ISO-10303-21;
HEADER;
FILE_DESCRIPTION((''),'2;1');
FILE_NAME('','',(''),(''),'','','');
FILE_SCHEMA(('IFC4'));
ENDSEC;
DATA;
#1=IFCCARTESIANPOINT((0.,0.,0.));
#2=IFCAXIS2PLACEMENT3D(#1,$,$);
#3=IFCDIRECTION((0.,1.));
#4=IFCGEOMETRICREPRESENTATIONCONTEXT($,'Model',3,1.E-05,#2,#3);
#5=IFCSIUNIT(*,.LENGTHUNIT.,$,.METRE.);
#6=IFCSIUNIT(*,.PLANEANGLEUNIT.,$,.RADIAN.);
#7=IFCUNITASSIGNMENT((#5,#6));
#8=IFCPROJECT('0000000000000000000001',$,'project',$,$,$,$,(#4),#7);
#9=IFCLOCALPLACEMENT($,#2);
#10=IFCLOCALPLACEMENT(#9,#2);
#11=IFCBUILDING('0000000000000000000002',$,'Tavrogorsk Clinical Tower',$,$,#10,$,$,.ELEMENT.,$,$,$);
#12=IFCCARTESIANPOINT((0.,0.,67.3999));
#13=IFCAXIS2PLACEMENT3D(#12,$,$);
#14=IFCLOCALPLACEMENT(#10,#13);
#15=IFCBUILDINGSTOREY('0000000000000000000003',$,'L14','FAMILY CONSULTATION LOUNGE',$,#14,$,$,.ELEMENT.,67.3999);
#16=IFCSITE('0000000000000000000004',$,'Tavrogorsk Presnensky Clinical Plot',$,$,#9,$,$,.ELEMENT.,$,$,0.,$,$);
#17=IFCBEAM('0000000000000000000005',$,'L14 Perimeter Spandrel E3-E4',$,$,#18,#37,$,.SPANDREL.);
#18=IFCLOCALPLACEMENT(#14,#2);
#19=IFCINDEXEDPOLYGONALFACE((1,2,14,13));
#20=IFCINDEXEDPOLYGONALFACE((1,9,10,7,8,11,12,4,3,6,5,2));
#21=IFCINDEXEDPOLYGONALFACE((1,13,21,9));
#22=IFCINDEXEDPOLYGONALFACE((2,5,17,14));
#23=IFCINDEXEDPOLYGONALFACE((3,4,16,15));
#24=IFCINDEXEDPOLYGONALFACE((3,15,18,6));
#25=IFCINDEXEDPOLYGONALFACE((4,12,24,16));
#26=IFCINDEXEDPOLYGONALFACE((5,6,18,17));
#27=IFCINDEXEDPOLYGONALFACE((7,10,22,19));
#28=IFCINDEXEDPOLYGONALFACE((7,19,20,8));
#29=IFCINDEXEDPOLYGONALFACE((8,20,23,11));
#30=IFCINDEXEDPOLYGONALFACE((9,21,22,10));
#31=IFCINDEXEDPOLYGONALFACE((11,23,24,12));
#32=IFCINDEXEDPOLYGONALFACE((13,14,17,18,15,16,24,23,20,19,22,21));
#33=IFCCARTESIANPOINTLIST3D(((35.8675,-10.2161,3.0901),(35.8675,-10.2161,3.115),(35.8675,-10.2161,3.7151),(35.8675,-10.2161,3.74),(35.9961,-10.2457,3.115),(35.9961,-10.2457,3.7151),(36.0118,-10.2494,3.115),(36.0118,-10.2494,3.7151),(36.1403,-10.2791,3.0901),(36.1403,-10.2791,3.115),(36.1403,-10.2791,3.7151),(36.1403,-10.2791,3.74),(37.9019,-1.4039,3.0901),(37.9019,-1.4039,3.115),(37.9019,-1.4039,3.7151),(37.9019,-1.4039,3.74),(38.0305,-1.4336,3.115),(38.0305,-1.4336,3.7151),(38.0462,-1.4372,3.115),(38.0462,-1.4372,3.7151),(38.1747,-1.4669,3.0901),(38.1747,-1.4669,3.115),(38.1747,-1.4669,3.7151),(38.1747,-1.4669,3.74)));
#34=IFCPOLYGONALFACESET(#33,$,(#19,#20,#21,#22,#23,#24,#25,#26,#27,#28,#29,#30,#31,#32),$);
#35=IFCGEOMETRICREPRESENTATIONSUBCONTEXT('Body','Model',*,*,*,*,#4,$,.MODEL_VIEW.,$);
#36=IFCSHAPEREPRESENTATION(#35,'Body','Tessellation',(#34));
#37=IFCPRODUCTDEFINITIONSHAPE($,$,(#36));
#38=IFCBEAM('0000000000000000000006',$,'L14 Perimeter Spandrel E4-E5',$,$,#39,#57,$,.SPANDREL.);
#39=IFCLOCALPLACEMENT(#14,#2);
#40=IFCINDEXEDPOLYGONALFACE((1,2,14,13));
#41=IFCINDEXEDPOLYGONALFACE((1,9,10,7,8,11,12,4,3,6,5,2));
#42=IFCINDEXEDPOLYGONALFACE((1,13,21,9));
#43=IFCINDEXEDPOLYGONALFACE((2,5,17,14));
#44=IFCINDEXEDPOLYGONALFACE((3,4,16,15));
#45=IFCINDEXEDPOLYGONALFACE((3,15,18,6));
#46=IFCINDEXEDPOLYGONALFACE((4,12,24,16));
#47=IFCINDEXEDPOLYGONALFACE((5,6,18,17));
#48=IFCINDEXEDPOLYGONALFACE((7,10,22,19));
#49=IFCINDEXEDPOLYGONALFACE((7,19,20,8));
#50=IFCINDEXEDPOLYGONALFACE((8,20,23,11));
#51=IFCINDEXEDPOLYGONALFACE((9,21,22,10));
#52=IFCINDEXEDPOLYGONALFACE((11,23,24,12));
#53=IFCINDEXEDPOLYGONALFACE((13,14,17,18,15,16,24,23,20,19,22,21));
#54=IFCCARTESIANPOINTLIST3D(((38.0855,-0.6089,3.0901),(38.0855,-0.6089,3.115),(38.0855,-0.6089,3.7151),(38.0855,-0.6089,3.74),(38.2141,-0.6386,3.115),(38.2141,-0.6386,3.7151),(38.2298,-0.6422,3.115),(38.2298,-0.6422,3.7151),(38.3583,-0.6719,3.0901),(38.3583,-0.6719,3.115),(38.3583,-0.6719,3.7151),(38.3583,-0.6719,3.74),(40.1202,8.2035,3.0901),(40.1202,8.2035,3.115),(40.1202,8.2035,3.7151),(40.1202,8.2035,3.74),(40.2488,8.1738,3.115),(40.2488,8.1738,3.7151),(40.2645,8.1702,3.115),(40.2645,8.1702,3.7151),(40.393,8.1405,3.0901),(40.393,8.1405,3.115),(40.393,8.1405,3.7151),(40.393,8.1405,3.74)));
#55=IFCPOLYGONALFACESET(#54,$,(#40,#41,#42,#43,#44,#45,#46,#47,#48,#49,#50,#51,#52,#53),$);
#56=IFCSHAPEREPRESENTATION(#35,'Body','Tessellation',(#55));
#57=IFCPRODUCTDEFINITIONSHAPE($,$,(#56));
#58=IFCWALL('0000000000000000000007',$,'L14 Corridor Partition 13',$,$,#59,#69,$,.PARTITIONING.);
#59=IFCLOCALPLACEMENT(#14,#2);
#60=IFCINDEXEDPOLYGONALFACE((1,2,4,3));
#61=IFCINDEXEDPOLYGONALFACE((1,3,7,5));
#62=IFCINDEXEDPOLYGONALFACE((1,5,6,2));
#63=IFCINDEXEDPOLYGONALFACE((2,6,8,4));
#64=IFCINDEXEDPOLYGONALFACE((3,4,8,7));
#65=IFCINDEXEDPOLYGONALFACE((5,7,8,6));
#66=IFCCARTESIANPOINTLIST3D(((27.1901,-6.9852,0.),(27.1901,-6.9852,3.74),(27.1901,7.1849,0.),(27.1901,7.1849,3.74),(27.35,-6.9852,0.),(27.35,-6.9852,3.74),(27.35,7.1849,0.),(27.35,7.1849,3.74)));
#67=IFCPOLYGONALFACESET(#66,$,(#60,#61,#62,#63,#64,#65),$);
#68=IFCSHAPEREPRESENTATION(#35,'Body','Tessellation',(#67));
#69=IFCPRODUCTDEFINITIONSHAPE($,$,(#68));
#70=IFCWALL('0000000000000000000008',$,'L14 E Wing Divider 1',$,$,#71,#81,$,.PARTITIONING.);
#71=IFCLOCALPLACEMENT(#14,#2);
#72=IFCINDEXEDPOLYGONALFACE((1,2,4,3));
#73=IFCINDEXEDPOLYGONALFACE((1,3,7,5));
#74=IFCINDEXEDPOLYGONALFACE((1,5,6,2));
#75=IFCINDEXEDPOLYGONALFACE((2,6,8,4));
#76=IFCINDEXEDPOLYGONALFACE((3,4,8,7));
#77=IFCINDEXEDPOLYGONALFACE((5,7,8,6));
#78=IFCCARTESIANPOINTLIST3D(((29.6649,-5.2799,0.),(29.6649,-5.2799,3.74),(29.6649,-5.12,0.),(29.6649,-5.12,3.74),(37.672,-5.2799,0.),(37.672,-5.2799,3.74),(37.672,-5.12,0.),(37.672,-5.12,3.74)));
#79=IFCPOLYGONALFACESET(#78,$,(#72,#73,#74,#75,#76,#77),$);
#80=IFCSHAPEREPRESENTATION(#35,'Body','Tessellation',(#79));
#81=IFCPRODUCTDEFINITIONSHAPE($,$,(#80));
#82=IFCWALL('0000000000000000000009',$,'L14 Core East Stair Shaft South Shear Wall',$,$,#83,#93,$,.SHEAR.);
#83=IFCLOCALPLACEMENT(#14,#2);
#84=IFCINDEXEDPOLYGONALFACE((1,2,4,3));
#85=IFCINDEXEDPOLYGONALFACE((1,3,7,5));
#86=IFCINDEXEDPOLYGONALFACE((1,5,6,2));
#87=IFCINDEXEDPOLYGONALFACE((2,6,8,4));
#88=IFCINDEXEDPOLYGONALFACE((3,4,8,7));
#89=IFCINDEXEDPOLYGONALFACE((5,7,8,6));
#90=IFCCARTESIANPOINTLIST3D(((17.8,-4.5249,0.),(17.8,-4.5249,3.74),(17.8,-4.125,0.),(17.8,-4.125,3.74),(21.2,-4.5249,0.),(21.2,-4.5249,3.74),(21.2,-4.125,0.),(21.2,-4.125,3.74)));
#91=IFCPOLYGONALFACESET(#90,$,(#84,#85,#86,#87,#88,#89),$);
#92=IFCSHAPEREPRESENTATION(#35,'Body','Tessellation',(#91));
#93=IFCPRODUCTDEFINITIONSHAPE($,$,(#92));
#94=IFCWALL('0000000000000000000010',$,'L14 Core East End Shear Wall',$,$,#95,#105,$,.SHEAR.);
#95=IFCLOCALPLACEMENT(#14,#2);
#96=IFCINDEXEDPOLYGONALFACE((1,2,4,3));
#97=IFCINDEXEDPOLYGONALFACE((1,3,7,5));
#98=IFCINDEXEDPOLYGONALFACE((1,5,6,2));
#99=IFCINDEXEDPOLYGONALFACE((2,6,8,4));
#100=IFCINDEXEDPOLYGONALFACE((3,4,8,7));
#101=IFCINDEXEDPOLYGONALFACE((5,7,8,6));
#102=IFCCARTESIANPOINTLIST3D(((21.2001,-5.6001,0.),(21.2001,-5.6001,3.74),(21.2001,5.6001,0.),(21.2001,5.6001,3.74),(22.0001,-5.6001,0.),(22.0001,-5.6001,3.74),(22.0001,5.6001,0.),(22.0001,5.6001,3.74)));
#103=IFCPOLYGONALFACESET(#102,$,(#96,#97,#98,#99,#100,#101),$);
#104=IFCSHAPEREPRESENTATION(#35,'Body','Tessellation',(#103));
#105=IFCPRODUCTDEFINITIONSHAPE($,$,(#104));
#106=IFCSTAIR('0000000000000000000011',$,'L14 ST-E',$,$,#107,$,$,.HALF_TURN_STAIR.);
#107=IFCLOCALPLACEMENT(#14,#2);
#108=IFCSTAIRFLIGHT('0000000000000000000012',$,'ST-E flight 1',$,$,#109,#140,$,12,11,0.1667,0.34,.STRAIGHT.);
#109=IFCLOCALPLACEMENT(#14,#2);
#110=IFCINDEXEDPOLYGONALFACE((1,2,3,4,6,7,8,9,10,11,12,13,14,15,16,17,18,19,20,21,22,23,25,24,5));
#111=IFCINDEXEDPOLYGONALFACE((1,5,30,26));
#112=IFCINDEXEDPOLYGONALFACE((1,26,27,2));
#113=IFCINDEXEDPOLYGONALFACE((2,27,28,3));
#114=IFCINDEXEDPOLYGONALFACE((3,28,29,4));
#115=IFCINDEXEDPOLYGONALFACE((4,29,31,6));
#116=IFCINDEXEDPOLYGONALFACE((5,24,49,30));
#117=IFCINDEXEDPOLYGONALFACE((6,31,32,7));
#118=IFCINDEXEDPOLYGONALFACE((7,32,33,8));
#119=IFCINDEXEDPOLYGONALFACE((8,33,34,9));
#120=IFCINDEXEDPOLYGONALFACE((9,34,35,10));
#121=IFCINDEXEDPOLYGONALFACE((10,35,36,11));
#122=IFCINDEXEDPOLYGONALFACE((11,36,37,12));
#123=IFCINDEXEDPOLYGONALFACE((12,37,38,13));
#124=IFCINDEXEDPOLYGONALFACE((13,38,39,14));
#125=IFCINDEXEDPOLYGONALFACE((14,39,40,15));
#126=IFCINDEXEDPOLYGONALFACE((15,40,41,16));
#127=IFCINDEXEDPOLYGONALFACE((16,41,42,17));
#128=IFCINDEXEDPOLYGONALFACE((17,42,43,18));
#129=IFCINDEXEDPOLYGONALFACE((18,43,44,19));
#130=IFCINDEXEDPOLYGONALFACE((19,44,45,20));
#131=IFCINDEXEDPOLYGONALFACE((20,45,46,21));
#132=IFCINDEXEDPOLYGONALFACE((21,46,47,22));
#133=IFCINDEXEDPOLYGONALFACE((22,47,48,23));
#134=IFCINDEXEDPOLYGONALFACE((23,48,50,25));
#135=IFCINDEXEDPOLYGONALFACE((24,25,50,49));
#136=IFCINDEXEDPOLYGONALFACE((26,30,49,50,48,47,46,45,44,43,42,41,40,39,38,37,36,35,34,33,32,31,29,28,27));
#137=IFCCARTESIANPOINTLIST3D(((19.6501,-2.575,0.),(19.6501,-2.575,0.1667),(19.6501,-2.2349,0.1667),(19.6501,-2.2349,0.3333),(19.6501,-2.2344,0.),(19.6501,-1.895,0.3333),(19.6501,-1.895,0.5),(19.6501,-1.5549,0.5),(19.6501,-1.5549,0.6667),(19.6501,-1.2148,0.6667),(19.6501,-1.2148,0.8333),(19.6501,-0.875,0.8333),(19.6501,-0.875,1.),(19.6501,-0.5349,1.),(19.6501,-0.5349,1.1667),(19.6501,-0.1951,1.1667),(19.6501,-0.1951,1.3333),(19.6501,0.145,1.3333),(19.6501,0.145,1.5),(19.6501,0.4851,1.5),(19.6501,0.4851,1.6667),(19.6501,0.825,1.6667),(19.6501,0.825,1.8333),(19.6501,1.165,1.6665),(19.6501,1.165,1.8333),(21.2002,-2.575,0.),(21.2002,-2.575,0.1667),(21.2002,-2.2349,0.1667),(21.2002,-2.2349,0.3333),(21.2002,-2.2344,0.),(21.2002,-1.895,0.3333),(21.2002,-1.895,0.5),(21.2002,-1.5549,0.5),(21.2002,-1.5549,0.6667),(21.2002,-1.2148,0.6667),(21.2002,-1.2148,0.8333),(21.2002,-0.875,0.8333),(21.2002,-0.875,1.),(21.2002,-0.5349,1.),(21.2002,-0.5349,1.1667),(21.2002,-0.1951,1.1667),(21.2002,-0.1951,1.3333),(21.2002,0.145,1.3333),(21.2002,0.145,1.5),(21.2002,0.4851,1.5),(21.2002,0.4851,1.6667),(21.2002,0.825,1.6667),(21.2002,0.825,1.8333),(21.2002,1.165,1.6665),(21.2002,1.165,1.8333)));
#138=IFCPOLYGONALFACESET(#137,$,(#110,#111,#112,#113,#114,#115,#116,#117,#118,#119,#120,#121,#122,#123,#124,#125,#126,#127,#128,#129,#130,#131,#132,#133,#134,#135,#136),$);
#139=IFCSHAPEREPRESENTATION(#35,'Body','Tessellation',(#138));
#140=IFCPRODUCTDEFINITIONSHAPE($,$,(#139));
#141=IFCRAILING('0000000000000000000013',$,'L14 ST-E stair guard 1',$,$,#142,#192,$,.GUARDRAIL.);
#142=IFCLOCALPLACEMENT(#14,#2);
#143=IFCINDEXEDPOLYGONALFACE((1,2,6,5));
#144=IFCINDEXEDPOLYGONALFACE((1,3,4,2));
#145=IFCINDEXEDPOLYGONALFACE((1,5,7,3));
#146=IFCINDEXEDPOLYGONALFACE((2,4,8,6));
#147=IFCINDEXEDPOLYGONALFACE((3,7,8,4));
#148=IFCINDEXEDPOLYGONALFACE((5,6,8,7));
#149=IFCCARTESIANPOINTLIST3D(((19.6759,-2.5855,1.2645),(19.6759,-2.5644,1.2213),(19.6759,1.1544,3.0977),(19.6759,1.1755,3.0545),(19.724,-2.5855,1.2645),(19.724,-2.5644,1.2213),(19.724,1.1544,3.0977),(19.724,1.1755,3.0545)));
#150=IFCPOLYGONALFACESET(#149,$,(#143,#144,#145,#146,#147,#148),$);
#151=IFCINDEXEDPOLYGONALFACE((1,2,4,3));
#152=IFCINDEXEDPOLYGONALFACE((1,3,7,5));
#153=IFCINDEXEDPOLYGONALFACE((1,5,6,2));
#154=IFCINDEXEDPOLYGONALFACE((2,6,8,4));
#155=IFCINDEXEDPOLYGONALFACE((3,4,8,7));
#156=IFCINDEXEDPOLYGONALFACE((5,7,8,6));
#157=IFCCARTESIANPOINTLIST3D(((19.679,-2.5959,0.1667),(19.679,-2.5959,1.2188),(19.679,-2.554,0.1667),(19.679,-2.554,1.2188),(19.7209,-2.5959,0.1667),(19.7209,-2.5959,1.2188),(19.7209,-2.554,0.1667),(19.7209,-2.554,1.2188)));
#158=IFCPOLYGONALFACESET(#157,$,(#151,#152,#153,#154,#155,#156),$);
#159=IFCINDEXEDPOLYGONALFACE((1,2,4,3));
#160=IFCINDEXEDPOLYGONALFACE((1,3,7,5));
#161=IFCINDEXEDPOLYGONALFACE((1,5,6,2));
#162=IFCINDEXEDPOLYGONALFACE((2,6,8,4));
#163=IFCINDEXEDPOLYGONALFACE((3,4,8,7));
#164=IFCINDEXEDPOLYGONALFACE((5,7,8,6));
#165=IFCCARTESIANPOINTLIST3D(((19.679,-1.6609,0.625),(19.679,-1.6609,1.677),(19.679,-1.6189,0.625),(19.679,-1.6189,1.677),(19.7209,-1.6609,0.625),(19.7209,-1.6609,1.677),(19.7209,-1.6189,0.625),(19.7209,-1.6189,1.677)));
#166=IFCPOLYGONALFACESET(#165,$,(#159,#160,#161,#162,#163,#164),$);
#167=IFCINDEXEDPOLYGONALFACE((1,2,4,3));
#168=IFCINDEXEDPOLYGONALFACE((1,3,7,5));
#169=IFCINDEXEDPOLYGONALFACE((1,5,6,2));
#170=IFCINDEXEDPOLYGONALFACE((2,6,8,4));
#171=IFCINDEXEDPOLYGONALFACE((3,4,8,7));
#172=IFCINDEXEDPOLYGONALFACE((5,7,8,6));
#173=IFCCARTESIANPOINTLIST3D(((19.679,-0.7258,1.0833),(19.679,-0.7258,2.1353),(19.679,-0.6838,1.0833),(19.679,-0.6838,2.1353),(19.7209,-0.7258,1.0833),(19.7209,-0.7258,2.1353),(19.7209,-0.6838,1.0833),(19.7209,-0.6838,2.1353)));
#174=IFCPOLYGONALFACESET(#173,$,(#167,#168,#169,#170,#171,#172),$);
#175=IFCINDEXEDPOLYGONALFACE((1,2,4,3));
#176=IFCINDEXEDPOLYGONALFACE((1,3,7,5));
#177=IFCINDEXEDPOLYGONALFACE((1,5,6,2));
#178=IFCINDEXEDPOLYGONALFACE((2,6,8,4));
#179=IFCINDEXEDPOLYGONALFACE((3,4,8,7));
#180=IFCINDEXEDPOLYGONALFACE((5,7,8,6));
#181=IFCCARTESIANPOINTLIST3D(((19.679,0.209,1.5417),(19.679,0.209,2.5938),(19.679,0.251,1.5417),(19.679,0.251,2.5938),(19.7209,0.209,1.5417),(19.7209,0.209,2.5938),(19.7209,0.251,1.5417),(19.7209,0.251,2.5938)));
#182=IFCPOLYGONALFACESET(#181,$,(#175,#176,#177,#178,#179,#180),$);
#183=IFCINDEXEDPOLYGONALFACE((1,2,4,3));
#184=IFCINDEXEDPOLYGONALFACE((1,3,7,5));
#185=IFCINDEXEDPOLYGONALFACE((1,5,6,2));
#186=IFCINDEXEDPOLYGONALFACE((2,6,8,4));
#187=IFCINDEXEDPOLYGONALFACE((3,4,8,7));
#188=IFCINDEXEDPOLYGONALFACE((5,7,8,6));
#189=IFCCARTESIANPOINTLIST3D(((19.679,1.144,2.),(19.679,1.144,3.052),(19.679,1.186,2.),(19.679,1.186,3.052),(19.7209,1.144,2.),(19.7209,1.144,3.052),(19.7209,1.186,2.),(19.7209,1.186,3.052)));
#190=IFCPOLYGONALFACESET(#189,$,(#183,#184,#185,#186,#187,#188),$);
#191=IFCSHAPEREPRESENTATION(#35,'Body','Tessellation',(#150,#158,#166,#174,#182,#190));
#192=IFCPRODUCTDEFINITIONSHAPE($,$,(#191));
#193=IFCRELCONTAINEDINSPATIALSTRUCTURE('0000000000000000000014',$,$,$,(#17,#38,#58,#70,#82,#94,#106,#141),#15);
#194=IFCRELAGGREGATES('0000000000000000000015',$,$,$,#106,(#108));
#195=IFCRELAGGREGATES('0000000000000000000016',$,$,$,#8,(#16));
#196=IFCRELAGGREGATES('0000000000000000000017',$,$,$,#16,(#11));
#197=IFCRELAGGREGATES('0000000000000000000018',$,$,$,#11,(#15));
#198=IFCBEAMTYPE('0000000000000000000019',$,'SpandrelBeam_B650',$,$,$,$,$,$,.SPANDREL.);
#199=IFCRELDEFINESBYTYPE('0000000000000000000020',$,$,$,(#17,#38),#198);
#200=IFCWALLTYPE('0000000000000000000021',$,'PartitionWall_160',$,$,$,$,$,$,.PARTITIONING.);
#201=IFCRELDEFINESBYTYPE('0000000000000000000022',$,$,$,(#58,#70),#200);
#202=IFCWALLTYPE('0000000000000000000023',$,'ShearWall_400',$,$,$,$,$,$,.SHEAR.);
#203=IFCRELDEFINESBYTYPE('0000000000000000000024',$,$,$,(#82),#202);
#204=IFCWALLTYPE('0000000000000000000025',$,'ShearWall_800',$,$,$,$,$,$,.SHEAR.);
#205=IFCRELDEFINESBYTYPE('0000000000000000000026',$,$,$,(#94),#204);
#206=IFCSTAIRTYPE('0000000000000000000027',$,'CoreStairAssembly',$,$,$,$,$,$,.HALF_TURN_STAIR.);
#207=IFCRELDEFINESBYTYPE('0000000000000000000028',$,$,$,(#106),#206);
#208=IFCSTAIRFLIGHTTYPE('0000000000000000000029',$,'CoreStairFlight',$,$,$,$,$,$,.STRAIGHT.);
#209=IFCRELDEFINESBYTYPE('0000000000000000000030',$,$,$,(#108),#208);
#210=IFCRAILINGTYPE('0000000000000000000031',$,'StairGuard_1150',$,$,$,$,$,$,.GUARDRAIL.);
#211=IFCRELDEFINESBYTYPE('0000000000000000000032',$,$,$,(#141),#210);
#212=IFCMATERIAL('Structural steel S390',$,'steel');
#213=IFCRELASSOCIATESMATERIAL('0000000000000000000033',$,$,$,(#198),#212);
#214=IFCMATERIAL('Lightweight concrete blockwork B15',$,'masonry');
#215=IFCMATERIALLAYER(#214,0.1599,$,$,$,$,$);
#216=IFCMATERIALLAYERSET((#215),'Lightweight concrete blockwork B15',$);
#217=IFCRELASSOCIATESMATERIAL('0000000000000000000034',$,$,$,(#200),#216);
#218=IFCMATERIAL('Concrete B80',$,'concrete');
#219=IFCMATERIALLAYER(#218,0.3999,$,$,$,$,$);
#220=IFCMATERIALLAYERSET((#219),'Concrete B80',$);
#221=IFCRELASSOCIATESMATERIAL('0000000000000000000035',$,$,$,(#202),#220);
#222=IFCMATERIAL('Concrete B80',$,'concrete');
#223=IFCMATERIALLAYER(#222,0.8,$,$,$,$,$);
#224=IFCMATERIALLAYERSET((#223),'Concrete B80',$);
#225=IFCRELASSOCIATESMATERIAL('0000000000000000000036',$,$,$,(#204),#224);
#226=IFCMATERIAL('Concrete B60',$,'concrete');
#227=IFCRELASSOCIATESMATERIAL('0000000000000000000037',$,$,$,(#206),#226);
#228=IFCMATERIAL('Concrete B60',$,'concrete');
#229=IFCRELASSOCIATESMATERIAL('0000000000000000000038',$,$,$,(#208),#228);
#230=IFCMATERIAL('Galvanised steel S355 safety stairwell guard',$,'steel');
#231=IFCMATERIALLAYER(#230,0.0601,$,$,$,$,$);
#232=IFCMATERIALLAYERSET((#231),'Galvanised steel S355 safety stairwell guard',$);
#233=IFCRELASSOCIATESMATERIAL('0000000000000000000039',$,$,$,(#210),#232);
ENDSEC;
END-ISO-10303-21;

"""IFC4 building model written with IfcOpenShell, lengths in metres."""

from ifc_helpers import new_model, si_unit, direction, frame, frame_2d, origin, origin_2d, place, context, subcontext, project, spatial, polyline, rectangle, i_section, outline, extrude, material, layer, layer_set, material_profile, profile_set, type_object, element, aggregate, save


model = new_model("IFC4")

# Units and contexts
model_context = context("Model", 3, precision=1e-05, world=origin(), true_north=direction((0.0, 1.0)))
body_context = subcontext(model_context, "Body", "Model", "MODEL_VIEW")
ifc_project = project(units=[si_unit("LENGTHUNIT", "METRE"), si_unit("PLANEANGLEUNIT", "RADIAN")], contexts=[model_context])

# Site, building, storey
site_placement = place(None, origin())
site = spatial("IfcSite", under=ifc_project, at=site_placement, Name="Tavrogorsk Presnensky Clinical Plot", CompositionType="ELEMENT", RefElevation=0.0)
building_placement = place(site_placement, origin())
building = spatial("IfcBuilding", under=site, at=building_placement, Name="Tavrogorsk Clinical Tower", CompositionType="ELEMENT")
storey_placement = place(building_placement, frame((0.0, 0.0, 67.3999)))
storey = spatial("IfcBuildingStorey", under=building, at=storey_placement, Name="L14", Description="FAMILY CONSULTATION LOUNGE", CompositionType="ELEMENT", Elevation=67.3999)

# Beams
ifc_material_1 = material(Name="Structural steel S390", Category="steel")
ifc_material_profile_1 = material_profile(ifc_material_1, i_section(OverallWidth=0.28, OverallDepth=0.6499, WebThickness=0.0161, FlangeThickness=0.0249, at=origin_2d()), Name="B-650x280x16x25")
ifc_profile_set_1 = profile_set([ifc_material_profile_1], Name="Structural steel S390")
beam_type_1 = type_object("IfcBeamType", Name="SpandrelBeam_B650", PredefinedType="SPANDREL", material=ifc_profile_set_1)
beam_1_placement = place(storey_placement, frame((36.0039, -10.2476, 3.415), z_axis=(0.224946, 0.974371, 0.0), x_axis=(-0.974371, 0.224946, 0.0)))
element("IfcBeam", 1, at=beam_1_placement, inside=storey, type_object=beam_type_1, Name="L14 Perimeter Spandrel E3-E4", PredefinedType="SPANDREL", context=body_context, shape_type="SweptSolid", body=[
    extrude(i_section(OverallWidth=0.28, OverallDepth=0.6499, WebThickness=0.0161, FlangeThickness=0.0249, at=origin_2d()), origin(), (0.0, 0.0, 1.0), 9.0439),
])
beam_2_placement = place(storey_placement, frame((38.2219, -0.6404, 3.415), z_axis=(0.224972, 0.974365, 0.0), x_axis=(-0.974365, 0.224972, 0.0)))
element("IfcBeam", 2, at=beam_2_placement, inside=storey, type_object=beam_type_1, Name="L14 Perimeter Spandrel E4-E5", PredefinedType="SPANDREL", context=body_context, shape_type="SweptSolid", body=[
    extrude(i_section(OverallWidth=0.28, OverallDepth=0.6499, WebThickness=0.0161, FlangeThickness=0.0249, at=origin_2d()), origin(), (0.0, 0.0, 1.0), 9.0442),
])

# Shared definitions
ifc_material_2 = material(Name="Lightweight concrete blockwork B15", Category="masonry")
ifc_layer_1 = layer(ifc_material_2, 0.1599)
ifc_layer_set_1 = layer_set([ifc_layer_1], Name="Lightweight concrete blockwork B15")
wall_type_1 = type_object("IfcWallType", Name="PartitionWall_160", PredefinedType="PARTITIONING", material=ifc_layer_set_1)

# Walls
wall_1_placement = place(storey_placement, frame((27.27, -6.9851, 0.0), z_axis=(0.0, 0.0, 1.0), x_axis=(0.0, 1.0, 0.0)))
element("IfcWall", 3, at=wall_1_placement, inside=storey, type_object=wall_type_1, Name="L14 Corridor Partition 13", PredefinedType="PARTITIONING", context=body_context, shape_type="SweptSolid", body=[
    extrude(rectangle(XDim=14.1702, YDim=0.1599, at=frame_2d((7.085, 0.0))), origin(), (0.0, 0.0, 1.0), 3.74),
])
wall_2_placement = place(storey_placement, frame((29.665, -5.2, 0.0), z_axis=(0.0, 0.0, 1.0), x_axis=(1.0, 0.0, 0.0)))
element("IfcWall", 4, at=wall_2_placement, inside=storey, type_object=wall_type_1, Name="L14 E Wing Divider 1", PredefinedType="PARTITIONING", context=body_context, shape_type="SweptSolid", body=[
    extrude(rectangle(XDim=8.0071, YDim=0.1599, at=frame_2d((4.0034, 0.0))), origin(), (0.0, 0.0, 1.0), 3.74),
])
ifc_material_3 = material(Name="Concrete B80", Category="concrete")
ifc_layer_2 = layer(ifc_material_3, 0.3999)
ifc_layer_set_2 = layer_set([ifc_layer_2], Name="Concrete B80")
wall_type_2 = type_object("IfcWallType", Name="ShearWall_400", PredefinedType="SHEAR", material=ifc_layer_set_2)
wall_3_placement = place(storey_placement, frame((17.8, -4.325, 0.0), z_axis=(0.0, 0.0, 1.0), x_axis=(1.0, 0.0, 0.0)))
element("IfcWall", 5, at=wall_3_placement, inside=storey, type_object=wall_type_2, Name="L14 Core East Stair Shaft South Shear Wall", PredefinedType="SHEAR", context=body_context, shape_type="SweptSolid", body=[
    extrude(rectangle(XDim=3.3999, YDim=0.3999, at=frame_2d((1.7, 0.0))), origin(), (0.0, 0.0, 1.0), 3.74),
])
ifc_material_4 = material(Name="Concrete B80", Category="concrete")
ifc_layer_3 = layer(ifc_material_4, 0.8)
ifc_layer_set_3 = layer_set([ifc_layer_3], Name="Concrete B80")
wall_type_3 = type_object("IfcWallType", Name="ShearWall_800", PredefinedType="SHEAR", material=ifc_layer_set_3)
wall_4_placement = place(storey_placement, frame((21.6001, -5.6001, 0.0), z_axis=(0.0, 0.0, 1.0), x_axis=(0.0, 1.0, 0.0)))
element("IfcWall", 6, at=wall_4_placement, inside=storey, type_object=wall_type_3, Name="L14 Core East End Shear Wall", PredefinedType="SHEAR", context=body_context, shape_type="SweptSolid", body=[
    extrude(rectangle(XDim=11.2002, YDim=0.8, at=frame_2d((5.6001, 0.0))), origin(), (0.0, 0.0, 1.0), 3.74),
])

# Stair, stair flight
ifc_material_5 = material(Name="Concrete B60", Category="concrete")
stair_type = type_object("IfcStairType", Name="CoreStairAssembly", PredefinedType="HALF_TURN_STAIR", material=ifc_material_5)
stair_placement = place(storey_placement, origin())
stair = element("IfcStair", 7, at=stair_placement, inside=storey, type_object=stair_type, Name="L14 ST-E", PredefinedType="HALF_TURN_STAIR")
ifc_material_6 = material(Name="Concrete B60", Category="concrete")
stair_flight_type = type_object("IfcStairFlightType", Name="CoreStairFlight", PredefinedType="STRAIGHT", material=ifc_material_6)
stair_flight_placement = place(storey_placement, frame((20.425, -2.575, 0.0), z_axis=(0.0, 0.0, 1.0), x_axis=(0.0, 1.0, 0.0)))
stair_flight = element("IfcStairFlight", 8, at=stair_flight_placement, type_object=stair_flight_type, Name="ST-E flight 1", NumberOfRisers=12, NumberOfTreads=11, PredefinedType="STRAIGHT", RiserHeight=0.1667, TreadLength=0.34, context=body_context, shape_type="SweptSolid", body=[
    extrude(outline(polyline([(0.0, 0.0), (0.0, 0.1667), (0.3401, 0.1667), (0.3401, 0.3333), (0.6799, 0.3333), (0.6799, 0.5), (1.02, 0.5), (1.02, 0.6667), (1.3601, 0.6667), (1.3601, 0.8333), (1.7, 0.8333), (1.7, 1.0), (2.04, 1.0), (2.04, 1.1667), (2.3799, 1.1667), (2.3799, 1.3333), (2.72, 1.3333), (2.72, 1.5), (3.0601, 1.5), (3.0601, 1.6667), (3.3999, 1.6667), (3.3999, 1.8333), (3.74, 1.8333), (3.74, 2.0), (3.74, 1.6665), (0.3406, 0.0), (0.0, 0.0)])), frame((0.0, 0.7749, 0.0), z_axis=(0.0, -1.0, 0.0), x_axis=(1.0, 0.0, 0.0)), (0.0, 0.0, 1.0), 1.55),
])
aggregate(stair, [stair_flight])

# Railing
ifc_material_7 = material(Name="Galvanised steel S355 safety stairwell guard", Category="steel")
ifc_layer_4 = layer(ifc_material_7, 0.0601)
ifc_layer_set_4 = layer_set([ifc_layer_4], Name="Galvanised steel S355 safety stairwell guard")
railing_type_1 = type_object("IfcRailingType", Name="StairGuard_1150", PredefinedType="GUARDRAIL", material=ifc_layer_set_4)
railing_1_placement = place(storey_placement, frame((19.7, -2.575, 0.1667)))
element("IfcRailing", 9, at=railing_1_placement, inside=storey, type_object=railing_type_1, Name="L14 ST-E stair guard 1", PredefinedType="GUARDRAIL", context=body_context, shape_type="SweptSolid", body=[
    extrude(rectangle(XDim=0.0481, YDim=0.0481, at=origin_2d()), frame((0.0, 0.0, 1.0762), z_axis=(0.0, 0.897928, 0.440142), x_axis=(-1.0, 0.0, 0.0)), (0.0, 0.0, 1.0), 4.165),
    extrude(rectangle(XDim=0.042, YDim=0.042, at=origin_2d()), origin(), (0.0, 0.0, 1.0), 1.052),
    extrude(rectangle(XDim=0.042, YDim=0.042, at=origin_2d()), frame((0.0, 0.9351, 0.4583)), (0.0, 0.0, 1.0), 1.052),
    extrude(rectangle(XDim=0.042, YDim=0.042, at=origin_2d()), frame((0.0, 1.8701, 0.9165)), (0.0, 0.0, 1.0), 1.052),
    extrude(rectangle(XDim=0.042, YDim=0.042, at=origin_2d()), frame((0.0, 2.8049, 1.375)), (0.0, 0.0, 1.0), 1.052),
    extrude(rectangle(XDim=0.042, YDim=0.042, at=origin_2d()), frame((0.0, 3.74, 1.8333)), (0.0, 0.0, 1.0), 1.052),
])

save(model, "model.ifc")
